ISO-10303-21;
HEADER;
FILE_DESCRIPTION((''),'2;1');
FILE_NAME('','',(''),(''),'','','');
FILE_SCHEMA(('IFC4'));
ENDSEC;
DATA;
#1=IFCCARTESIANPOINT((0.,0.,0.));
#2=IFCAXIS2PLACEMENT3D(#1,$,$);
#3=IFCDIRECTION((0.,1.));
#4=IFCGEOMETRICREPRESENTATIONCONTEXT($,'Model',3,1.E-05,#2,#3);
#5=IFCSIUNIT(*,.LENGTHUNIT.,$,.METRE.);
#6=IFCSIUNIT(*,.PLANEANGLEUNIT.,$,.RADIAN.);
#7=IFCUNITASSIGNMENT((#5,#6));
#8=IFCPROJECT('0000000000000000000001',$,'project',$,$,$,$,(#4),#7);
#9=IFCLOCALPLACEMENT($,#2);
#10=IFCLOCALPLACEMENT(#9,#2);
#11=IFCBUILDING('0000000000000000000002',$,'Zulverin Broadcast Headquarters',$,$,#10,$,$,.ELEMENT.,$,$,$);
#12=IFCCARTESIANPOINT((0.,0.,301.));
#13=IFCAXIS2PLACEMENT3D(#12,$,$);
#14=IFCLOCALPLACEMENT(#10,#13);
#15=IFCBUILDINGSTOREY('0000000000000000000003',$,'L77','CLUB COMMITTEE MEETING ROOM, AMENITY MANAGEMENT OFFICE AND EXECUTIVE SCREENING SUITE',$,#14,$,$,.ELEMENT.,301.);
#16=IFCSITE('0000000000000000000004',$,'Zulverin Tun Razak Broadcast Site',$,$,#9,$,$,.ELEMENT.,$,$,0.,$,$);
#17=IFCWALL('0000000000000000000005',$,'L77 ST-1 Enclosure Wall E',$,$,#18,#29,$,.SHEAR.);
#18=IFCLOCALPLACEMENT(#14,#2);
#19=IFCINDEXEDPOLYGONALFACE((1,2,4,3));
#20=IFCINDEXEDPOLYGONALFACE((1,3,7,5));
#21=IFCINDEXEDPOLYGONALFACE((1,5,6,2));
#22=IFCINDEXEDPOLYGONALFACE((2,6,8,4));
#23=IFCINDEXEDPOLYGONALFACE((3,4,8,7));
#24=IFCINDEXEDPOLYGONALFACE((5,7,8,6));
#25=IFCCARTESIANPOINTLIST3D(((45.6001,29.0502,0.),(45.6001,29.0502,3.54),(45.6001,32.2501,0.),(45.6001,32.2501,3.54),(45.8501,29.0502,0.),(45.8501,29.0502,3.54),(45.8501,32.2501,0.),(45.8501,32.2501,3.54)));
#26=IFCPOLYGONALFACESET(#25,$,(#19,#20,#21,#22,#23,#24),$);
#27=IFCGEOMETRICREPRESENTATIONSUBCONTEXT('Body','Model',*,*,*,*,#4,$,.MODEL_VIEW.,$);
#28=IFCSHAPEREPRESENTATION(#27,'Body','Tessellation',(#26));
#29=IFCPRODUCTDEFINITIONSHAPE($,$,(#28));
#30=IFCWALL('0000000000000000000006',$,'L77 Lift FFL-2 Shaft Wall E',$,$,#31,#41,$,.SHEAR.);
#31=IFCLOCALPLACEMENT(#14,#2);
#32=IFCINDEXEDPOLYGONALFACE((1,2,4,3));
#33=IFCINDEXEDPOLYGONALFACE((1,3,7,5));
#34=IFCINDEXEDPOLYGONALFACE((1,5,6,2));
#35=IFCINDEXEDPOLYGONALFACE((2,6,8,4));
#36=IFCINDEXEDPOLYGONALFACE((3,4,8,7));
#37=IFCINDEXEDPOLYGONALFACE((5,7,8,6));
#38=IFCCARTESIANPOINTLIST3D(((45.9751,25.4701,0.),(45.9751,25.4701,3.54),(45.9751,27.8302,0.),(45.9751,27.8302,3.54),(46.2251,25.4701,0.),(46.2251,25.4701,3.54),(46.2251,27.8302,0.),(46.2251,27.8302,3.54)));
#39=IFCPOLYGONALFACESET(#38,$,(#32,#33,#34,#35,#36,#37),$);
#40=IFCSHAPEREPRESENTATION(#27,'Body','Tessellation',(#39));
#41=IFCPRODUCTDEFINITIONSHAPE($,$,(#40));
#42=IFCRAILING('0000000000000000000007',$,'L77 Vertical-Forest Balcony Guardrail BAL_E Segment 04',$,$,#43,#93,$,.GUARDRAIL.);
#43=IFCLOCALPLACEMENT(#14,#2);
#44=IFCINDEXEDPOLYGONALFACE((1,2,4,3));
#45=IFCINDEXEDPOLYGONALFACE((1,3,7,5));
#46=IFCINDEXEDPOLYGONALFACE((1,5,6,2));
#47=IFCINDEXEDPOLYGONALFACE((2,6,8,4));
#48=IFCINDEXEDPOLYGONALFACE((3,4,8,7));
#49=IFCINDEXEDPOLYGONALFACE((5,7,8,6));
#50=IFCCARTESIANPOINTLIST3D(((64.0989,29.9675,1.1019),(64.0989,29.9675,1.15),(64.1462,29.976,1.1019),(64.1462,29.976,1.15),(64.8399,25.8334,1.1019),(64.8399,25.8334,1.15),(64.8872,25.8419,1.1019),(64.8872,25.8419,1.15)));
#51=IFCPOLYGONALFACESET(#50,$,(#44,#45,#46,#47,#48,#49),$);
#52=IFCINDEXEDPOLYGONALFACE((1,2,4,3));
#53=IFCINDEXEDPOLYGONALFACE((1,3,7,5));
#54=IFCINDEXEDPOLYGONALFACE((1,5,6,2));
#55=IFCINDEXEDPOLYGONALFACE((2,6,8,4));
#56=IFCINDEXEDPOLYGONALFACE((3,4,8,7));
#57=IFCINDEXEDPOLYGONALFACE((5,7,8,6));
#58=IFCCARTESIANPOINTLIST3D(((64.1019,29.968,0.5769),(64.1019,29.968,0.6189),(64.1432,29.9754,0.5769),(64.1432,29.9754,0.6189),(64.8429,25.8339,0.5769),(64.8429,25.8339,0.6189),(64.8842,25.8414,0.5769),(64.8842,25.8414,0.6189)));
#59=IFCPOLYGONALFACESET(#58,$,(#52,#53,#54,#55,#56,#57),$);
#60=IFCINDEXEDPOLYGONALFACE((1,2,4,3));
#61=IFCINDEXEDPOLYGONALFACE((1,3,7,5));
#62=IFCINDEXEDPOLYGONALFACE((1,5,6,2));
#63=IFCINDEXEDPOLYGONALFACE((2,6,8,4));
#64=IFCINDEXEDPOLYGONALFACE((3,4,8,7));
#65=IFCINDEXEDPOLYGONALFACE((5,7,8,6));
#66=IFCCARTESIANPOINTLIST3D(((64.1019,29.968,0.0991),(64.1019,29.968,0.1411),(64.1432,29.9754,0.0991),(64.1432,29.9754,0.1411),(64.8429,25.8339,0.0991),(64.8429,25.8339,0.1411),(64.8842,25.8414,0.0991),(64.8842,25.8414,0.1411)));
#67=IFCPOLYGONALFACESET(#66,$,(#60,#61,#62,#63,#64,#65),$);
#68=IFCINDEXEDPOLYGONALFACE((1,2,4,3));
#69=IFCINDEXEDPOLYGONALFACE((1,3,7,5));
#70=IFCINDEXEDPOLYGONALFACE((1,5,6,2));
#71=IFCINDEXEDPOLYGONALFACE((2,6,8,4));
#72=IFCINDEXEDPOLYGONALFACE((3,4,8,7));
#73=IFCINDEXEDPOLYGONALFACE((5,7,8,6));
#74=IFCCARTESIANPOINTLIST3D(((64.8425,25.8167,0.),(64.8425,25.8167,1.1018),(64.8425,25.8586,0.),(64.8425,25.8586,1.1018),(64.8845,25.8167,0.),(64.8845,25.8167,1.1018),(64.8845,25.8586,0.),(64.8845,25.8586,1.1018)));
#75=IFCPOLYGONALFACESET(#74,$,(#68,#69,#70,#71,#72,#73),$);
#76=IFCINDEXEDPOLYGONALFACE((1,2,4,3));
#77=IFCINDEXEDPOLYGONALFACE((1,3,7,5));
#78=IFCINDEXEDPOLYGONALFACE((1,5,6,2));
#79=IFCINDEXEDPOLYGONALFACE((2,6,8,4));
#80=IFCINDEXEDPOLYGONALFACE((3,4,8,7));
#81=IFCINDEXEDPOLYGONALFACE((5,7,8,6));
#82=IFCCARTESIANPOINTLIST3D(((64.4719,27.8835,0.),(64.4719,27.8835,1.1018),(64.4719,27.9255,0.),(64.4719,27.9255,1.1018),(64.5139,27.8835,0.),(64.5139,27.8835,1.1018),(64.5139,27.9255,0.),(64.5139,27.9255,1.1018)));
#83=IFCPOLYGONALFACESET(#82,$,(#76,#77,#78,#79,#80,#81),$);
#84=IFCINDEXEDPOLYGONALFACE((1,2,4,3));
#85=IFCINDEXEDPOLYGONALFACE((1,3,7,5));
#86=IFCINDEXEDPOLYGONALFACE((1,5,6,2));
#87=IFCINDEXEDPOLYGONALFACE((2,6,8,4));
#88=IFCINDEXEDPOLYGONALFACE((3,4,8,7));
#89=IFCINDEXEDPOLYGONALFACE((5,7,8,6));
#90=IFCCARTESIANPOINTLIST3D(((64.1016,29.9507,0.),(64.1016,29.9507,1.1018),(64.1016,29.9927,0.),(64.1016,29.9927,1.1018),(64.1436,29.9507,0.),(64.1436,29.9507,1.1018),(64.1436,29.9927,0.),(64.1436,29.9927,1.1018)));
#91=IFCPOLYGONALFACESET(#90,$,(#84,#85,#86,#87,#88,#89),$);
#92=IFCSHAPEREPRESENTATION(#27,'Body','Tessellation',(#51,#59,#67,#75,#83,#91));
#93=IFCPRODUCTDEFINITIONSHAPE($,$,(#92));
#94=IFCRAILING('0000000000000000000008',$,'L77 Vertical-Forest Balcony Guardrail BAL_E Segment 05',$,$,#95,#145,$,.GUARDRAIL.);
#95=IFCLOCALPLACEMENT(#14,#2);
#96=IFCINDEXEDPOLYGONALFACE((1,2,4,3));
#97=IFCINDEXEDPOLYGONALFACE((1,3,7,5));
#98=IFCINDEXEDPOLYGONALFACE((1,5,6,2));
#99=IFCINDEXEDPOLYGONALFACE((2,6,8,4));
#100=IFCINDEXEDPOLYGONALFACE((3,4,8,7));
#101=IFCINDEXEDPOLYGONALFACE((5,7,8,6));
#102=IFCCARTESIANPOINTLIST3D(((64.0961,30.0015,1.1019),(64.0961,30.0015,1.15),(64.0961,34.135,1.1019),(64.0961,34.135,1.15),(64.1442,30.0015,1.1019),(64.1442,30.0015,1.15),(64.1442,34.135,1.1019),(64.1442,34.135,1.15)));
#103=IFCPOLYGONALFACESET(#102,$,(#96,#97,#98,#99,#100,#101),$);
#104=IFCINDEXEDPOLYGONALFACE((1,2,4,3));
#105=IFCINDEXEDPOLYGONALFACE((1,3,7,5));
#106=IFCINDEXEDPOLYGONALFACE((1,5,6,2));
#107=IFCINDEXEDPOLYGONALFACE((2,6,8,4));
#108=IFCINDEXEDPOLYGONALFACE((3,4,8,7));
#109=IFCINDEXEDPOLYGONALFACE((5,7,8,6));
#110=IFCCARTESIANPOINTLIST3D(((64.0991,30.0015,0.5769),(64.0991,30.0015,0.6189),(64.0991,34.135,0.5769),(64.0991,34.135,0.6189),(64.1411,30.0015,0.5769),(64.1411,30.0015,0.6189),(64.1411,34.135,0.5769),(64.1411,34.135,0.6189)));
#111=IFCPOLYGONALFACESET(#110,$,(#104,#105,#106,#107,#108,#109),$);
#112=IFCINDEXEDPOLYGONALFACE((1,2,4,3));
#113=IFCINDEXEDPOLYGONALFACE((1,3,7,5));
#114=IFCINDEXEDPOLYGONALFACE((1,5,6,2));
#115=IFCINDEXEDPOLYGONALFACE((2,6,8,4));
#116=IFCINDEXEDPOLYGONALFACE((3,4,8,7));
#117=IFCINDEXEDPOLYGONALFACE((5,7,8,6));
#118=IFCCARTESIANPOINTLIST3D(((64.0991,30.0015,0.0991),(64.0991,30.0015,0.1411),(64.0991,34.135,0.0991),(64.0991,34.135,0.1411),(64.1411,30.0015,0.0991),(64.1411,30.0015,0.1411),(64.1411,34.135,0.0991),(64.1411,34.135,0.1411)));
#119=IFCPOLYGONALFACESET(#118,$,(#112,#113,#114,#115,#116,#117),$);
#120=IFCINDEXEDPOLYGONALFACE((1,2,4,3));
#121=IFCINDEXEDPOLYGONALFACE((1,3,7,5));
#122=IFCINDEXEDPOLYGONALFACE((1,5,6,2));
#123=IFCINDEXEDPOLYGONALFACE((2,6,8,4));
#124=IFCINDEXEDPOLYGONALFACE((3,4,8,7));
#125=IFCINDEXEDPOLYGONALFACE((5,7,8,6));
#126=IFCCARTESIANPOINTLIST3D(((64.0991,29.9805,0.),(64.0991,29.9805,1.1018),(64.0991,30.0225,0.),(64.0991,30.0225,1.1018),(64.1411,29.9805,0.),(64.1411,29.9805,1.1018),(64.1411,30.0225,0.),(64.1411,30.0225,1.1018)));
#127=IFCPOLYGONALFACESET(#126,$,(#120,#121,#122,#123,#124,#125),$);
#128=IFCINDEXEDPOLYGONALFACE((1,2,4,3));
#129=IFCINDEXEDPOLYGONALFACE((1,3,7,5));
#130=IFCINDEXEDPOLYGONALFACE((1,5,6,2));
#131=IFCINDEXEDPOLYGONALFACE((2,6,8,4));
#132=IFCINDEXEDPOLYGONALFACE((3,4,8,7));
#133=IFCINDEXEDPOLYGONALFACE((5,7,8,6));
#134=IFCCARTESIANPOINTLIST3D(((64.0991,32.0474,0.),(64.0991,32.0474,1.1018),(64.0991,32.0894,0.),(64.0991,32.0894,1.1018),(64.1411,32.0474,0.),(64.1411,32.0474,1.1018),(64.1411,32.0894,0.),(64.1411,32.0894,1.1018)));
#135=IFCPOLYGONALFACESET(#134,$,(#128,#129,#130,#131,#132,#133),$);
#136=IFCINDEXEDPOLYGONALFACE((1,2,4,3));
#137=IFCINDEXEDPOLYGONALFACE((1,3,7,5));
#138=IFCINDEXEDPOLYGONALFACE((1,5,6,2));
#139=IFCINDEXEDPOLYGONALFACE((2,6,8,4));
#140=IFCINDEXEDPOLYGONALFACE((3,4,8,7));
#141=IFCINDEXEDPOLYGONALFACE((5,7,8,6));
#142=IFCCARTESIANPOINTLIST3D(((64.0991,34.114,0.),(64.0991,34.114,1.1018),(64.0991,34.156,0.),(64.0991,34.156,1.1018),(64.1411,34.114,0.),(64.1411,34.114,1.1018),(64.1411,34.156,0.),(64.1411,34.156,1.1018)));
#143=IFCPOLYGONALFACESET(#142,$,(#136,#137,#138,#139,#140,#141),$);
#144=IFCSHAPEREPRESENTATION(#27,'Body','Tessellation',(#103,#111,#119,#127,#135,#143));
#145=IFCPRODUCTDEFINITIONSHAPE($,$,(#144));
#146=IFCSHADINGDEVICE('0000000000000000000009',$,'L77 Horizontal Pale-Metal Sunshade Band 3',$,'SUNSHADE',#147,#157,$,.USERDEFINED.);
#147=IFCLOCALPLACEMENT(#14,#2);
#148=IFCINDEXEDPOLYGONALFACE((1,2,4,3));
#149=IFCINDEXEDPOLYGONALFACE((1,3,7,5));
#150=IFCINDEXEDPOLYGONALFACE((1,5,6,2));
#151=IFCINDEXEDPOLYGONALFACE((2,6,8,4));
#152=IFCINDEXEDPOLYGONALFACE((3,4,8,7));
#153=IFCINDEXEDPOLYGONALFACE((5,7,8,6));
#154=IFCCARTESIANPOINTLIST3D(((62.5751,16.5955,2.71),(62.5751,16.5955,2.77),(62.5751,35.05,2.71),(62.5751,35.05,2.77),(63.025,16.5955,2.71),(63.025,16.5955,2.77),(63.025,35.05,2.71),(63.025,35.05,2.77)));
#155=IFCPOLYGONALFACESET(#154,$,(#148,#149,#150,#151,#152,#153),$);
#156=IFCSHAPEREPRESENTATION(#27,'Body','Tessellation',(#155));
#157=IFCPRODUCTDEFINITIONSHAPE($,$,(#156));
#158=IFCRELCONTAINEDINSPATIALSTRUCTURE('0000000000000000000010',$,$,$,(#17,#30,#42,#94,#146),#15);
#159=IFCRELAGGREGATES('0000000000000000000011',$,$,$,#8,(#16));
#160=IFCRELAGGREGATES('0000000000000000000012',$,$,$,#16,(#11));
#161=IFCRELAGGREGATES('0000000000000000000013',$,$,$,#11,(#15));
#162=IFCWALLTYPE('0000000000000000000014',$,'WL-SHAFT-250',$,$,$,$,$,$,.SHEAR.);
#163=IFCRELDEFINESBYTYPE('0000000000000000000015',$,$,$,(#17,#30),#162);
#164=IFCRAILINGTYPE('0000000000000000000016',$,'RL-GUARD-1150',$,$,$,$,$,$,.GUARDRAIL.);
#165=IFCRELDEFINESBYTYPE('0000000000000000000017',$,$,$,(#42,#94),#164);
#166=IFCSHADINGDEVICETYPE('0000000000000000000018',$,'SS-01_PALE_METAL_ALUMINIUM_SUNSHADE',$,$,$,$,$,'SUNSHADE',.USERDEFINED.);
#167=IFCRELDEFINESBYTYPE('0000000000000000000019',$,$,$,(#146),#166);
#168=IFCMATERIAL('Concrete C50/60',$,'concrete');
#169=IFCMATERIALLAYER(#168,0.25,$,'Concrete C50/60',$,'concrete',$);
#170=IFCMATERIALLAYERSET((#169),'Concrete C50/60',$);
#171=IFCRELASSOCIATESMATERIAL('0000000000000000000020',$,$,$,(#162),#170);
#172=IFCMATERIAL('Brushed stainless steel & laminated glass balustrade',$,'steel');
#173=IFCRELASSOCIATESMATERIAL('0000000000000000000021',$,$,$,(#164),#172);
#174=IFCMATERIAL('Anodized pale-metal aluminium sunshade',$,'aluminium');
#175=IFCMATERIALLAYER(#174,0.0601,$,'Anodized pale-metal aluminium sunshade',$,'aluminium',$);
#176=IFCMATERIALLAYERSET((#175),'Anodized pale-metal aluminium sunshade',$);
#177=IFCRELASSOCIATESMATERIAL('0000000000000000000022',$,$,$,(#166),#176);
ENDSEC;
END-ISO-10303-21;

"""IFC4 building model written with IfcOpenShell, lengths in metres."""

from ifc_helpers import new_model, si_unit, direction, frame, frame_2d, origin, origin_2d, place, context, subcontext, project, spatial, rectangle, extrude, material, layer, layer_set, type_object, element, save


model = new_model("IFC4")

# Units and contexts
model_context = context("Model", 3, precision=1e-05, world=origin(), true_north=direction((0.0, 1.0)))
body_context = subcontext(model_context, "Body", "Model", "MODEL_VIEW")
ifc_project = project(units=[si_unit("LENGTHUNIT", "METRE"), si_unit("PLANEANGLEUNIT", "RADIAN")], contexts=[model_context])

# Site, building, storey
site_placement = place(None, origin())
site = spatial("IfcSite", under=ifc_project, at=site_placement, Name="Zulverin Tun Razak Broadcast Site", CompositionType="ELEMENT", RefElevation=0.0)
building_placement = place(site_placement, origin())
building = spatial("IfcBuilding", under=site, at=building_placement, Name="Zulverin Broadcast Headquarters", CompositionType="ELEMENT")
storey_placement = place(building_placement, frame((0.0, 0.0, 301.0)))
storey = spatial("IfcBuildingStorey", under=building, at=storey_placement, Name="L77", Description="CLUB COMMITTEE MEETING ROOM, AMENITY MANAGEMENT OFFICE AND EXECUTIVE SCREENING SUITE", CompositionType="ELEMENT", Elevation=301.0)

# Shared definitions
ifc_material_1 = material(Name="Concrete C50/60", Category="concrete")

# Walls
ifc_layer_1 = layer(ifc_material_1, 0.25, Name="Concrete C50/60", Category="concrete")
ifc_layer_set_1 = layer_set([ifc_layer_1], Name="Concrete C50/60")
wall_type_1 = type_object("IfcWallType", Name="WL-SHAFT-250", PredefinedType="SHEAR", material=ifc_layer_set_1)
wall_1_placement = place(storey_placement, frame((45.7251, 29.05, 0.0), z_axis=(0.0, 0.0, 1.0), x_axis=(0.0, 1.0, 0.0)))
element("IfcWall", 1, at=wall_1_placement, inside=storey, type_object=wall_type_1, Name="L77 ST-1 Enclosure Wall E", PredefinedType="SHEAR", context=body_context, shape_type="SweptSolid", body=[
    extrude(rectangle(XDim=3.2, YDim=0.25, at=frame_2d((1.6001, 0.0))), origin(), (0.0, 0.0, 1.0), 3.54),
])
wall_2_placement = place(storey_placement, frame((46.1001, 25.47, 0.0), z_axis=(0.0, 0.0, 1.0), x_axis=(0.0, 1.0, 0.0)))
element("IfcWall", 2, at=wall_2_placement, inside=storey, type_object=wall_type_1, Name="L77 Lift FFL-2 Shaft Wall E", PredefinedType="SHEAR", context=body_context, shape_type="SweptSolid", body=[
    extrude(rectangle(XDim=2.3601, YDim=0.25, at=frame_2d((1.1802, 0.0))), origin(), (0.0, 0.0, 1.0), 3.54),
])

# Railings
ifc_material_2 = material(Name="Brushed stainless steel & laminated glass balustrade", Category="steel")
railing_type = type_object("IfcRailingType", Name="RL-GUARD-1150", PredefinedType="GUARDRAIL", material=ifc_material_2)
railing_1_placement = place(storey_placement, frame((64.8635, 25.8376, 0.0)))
element("IfcRailing", 3, at=railing_1_placement, inside=storey, type_object=railing_type, Name="L77 Vertical-Forest Balcony Guardrail BAL_E Segment 04", PredefinedType="GUARDRAIL", context=body_context, shape_type="SweptSolid", body=[
    extrude(rectangle(XDim=0.0481, YDim=0.0481, at=origin_2d()), frame((0.0, 0.0, 1.126), z_axis=(-0.176424, 0.984314, 0.0), x_axis=(-0.984314, -0.176424, 0.0)), (0.0, 0.0, 1.0), 4.2),
    extrude(rectangle(XDim=0.042, YDim=0.042, at=origin_2d()), frame((0.0, 0.0, 0.5979), z_axis=(-0.176424, 0.984314, 0.0), x_axis=(-0.984314, -0.176424, 0.0)), (0.0, 0.0, 1.0), 4.2),
    extrude(rectangle(XDim=0.042, YDim=0.042, at=origin_2d()), frame((0.0, 0.0, 0.1201), z_axis=(-0.176424, 0.984314, 0.0), x_axis=(-0.984314, -0.176424, 0.0)), (0.0, 0.0, 1.0), 4.2),
    extrude(rectangle(XDim=0.042, YDim=0.042, at=origin_2d()), origin(), (0.0, 0.0, 1.0), 1.1018),
    extrude(rectangle(XDim=0.042, YDim=0.042, at=origin_2d()), frame((-0.3706, 2.0669, 0.0)), (0.0, 0.0, 1.0), 1.1018),
    extrude(rectangle(XDim=0.042, YDim=0.042, at=origin_2d()), frame((-0.741, 4.134, 0.0)), (0.0, 0.0, 1.0), 1.1018),
])
railing_2_placement = place(storey_placement, frame((64.1201, 30.0015, 0.0)))
element("IfcRailing", 4, at=railing_2_placement, inside=storey, type_object=railing_type, Name="L77 Vertical-Forest Balcony Guardrail BAL_E Segment 05", PredefinedType="GUARDRAIL", context=body_context, shape_type="SweptSolid", body=[
    extrude(rectangle(XDim=0.0481, YDim=0.0481, at=origin_2d()), frame((0.0, 0.0, 1.126), z_axis=(0.0, 1.0, 0.0), x_axis=(-1.0, 0.0, 0.0)), (0.0, 0.0, 1.0), 4.1335),
    extrude(rectangle(XDim=0.042, YDim=0.042, at=origin_2d()), frame((0.0, 0.0, 0.5979), z_axis=(0.0, 1.0, 0.0), x_axis=(-1.0, 0.0, 0.0)), (0.0, 0.0, 1.0), 4.1335),
    extrude(rectangle(XDim=0.042, YDim=0.042, at=origin_2d()), frame((0.0, 0.0, 0.1201), z_axis=(0.0, 1.0, 0.0), x_axis=(-1.0, 0.0, 0.0)), (0.0, 0.0, 1.0), 4.1335),
    extrude(rectangle(XDim=0.042, YDim=0.042, at=origin_2d()), origin(), (0.0, 0.0, 1.0), 1.1018),
    extrude(rectangle(XDim=0.042, YDim=0.042, at=origin_2d()), frame((0.0, 2.0669, 0.0)), (0.0, 0.0, 1.0), 1.1018),
    extrude(rectangle(XDim=0.042, YDim=0.042, at=origin_2d()), frame((0.0, 4.1335, 0.0)), (0.0, 0.0, 1.0), 1.1018),
])

# Shading device
ifc_material_3 = material(Name="Anodized pale-metal aluminium sunshade", Category="aluminium")
ifc_layer_2 = layer(ifc_material_3, 0.0601, Name="Anodized pale-metal aluminium sunshade", Category="aluminium")
ifc_layer_set_2 = layer_set([ifc_layer_2], Name="Anodized pale-metal aluminium sunshade")
shading_device_type = type_object("IfcShadingDeviceType", Name="SS-01_PALE_METAL_ALUMINIUM_SUNSHADE", ElementType="SUNSHADE", PredefinedType="USERDEFINED", material=ifc_layer_set_2)
shading_device_placement = place(storey_placement, frame((62.8, 25.8228, 2.71), z_axis=(0.0, 0.0, 1.0), x_axis=(0.0, 1.0, 0.0)))
element("IfcShadingDevice", 5, at=shading_device_placement, inside=storey, type_object=shading_device_type, Name="L77 Horizontal Pale-Metal Sunshade Band 3", ObjectType="SUNSHADE", PredefinedType="USERDEFINED", context=body_context, shape_type="SweptSolid", body=[
    extrude(rectangle(XDim=18.4546, YDim=0.45, at=origin_2d()), origin(), (0.0, 0.0, 1.0), 0.0601),
])

save(model, "model.ifc")
